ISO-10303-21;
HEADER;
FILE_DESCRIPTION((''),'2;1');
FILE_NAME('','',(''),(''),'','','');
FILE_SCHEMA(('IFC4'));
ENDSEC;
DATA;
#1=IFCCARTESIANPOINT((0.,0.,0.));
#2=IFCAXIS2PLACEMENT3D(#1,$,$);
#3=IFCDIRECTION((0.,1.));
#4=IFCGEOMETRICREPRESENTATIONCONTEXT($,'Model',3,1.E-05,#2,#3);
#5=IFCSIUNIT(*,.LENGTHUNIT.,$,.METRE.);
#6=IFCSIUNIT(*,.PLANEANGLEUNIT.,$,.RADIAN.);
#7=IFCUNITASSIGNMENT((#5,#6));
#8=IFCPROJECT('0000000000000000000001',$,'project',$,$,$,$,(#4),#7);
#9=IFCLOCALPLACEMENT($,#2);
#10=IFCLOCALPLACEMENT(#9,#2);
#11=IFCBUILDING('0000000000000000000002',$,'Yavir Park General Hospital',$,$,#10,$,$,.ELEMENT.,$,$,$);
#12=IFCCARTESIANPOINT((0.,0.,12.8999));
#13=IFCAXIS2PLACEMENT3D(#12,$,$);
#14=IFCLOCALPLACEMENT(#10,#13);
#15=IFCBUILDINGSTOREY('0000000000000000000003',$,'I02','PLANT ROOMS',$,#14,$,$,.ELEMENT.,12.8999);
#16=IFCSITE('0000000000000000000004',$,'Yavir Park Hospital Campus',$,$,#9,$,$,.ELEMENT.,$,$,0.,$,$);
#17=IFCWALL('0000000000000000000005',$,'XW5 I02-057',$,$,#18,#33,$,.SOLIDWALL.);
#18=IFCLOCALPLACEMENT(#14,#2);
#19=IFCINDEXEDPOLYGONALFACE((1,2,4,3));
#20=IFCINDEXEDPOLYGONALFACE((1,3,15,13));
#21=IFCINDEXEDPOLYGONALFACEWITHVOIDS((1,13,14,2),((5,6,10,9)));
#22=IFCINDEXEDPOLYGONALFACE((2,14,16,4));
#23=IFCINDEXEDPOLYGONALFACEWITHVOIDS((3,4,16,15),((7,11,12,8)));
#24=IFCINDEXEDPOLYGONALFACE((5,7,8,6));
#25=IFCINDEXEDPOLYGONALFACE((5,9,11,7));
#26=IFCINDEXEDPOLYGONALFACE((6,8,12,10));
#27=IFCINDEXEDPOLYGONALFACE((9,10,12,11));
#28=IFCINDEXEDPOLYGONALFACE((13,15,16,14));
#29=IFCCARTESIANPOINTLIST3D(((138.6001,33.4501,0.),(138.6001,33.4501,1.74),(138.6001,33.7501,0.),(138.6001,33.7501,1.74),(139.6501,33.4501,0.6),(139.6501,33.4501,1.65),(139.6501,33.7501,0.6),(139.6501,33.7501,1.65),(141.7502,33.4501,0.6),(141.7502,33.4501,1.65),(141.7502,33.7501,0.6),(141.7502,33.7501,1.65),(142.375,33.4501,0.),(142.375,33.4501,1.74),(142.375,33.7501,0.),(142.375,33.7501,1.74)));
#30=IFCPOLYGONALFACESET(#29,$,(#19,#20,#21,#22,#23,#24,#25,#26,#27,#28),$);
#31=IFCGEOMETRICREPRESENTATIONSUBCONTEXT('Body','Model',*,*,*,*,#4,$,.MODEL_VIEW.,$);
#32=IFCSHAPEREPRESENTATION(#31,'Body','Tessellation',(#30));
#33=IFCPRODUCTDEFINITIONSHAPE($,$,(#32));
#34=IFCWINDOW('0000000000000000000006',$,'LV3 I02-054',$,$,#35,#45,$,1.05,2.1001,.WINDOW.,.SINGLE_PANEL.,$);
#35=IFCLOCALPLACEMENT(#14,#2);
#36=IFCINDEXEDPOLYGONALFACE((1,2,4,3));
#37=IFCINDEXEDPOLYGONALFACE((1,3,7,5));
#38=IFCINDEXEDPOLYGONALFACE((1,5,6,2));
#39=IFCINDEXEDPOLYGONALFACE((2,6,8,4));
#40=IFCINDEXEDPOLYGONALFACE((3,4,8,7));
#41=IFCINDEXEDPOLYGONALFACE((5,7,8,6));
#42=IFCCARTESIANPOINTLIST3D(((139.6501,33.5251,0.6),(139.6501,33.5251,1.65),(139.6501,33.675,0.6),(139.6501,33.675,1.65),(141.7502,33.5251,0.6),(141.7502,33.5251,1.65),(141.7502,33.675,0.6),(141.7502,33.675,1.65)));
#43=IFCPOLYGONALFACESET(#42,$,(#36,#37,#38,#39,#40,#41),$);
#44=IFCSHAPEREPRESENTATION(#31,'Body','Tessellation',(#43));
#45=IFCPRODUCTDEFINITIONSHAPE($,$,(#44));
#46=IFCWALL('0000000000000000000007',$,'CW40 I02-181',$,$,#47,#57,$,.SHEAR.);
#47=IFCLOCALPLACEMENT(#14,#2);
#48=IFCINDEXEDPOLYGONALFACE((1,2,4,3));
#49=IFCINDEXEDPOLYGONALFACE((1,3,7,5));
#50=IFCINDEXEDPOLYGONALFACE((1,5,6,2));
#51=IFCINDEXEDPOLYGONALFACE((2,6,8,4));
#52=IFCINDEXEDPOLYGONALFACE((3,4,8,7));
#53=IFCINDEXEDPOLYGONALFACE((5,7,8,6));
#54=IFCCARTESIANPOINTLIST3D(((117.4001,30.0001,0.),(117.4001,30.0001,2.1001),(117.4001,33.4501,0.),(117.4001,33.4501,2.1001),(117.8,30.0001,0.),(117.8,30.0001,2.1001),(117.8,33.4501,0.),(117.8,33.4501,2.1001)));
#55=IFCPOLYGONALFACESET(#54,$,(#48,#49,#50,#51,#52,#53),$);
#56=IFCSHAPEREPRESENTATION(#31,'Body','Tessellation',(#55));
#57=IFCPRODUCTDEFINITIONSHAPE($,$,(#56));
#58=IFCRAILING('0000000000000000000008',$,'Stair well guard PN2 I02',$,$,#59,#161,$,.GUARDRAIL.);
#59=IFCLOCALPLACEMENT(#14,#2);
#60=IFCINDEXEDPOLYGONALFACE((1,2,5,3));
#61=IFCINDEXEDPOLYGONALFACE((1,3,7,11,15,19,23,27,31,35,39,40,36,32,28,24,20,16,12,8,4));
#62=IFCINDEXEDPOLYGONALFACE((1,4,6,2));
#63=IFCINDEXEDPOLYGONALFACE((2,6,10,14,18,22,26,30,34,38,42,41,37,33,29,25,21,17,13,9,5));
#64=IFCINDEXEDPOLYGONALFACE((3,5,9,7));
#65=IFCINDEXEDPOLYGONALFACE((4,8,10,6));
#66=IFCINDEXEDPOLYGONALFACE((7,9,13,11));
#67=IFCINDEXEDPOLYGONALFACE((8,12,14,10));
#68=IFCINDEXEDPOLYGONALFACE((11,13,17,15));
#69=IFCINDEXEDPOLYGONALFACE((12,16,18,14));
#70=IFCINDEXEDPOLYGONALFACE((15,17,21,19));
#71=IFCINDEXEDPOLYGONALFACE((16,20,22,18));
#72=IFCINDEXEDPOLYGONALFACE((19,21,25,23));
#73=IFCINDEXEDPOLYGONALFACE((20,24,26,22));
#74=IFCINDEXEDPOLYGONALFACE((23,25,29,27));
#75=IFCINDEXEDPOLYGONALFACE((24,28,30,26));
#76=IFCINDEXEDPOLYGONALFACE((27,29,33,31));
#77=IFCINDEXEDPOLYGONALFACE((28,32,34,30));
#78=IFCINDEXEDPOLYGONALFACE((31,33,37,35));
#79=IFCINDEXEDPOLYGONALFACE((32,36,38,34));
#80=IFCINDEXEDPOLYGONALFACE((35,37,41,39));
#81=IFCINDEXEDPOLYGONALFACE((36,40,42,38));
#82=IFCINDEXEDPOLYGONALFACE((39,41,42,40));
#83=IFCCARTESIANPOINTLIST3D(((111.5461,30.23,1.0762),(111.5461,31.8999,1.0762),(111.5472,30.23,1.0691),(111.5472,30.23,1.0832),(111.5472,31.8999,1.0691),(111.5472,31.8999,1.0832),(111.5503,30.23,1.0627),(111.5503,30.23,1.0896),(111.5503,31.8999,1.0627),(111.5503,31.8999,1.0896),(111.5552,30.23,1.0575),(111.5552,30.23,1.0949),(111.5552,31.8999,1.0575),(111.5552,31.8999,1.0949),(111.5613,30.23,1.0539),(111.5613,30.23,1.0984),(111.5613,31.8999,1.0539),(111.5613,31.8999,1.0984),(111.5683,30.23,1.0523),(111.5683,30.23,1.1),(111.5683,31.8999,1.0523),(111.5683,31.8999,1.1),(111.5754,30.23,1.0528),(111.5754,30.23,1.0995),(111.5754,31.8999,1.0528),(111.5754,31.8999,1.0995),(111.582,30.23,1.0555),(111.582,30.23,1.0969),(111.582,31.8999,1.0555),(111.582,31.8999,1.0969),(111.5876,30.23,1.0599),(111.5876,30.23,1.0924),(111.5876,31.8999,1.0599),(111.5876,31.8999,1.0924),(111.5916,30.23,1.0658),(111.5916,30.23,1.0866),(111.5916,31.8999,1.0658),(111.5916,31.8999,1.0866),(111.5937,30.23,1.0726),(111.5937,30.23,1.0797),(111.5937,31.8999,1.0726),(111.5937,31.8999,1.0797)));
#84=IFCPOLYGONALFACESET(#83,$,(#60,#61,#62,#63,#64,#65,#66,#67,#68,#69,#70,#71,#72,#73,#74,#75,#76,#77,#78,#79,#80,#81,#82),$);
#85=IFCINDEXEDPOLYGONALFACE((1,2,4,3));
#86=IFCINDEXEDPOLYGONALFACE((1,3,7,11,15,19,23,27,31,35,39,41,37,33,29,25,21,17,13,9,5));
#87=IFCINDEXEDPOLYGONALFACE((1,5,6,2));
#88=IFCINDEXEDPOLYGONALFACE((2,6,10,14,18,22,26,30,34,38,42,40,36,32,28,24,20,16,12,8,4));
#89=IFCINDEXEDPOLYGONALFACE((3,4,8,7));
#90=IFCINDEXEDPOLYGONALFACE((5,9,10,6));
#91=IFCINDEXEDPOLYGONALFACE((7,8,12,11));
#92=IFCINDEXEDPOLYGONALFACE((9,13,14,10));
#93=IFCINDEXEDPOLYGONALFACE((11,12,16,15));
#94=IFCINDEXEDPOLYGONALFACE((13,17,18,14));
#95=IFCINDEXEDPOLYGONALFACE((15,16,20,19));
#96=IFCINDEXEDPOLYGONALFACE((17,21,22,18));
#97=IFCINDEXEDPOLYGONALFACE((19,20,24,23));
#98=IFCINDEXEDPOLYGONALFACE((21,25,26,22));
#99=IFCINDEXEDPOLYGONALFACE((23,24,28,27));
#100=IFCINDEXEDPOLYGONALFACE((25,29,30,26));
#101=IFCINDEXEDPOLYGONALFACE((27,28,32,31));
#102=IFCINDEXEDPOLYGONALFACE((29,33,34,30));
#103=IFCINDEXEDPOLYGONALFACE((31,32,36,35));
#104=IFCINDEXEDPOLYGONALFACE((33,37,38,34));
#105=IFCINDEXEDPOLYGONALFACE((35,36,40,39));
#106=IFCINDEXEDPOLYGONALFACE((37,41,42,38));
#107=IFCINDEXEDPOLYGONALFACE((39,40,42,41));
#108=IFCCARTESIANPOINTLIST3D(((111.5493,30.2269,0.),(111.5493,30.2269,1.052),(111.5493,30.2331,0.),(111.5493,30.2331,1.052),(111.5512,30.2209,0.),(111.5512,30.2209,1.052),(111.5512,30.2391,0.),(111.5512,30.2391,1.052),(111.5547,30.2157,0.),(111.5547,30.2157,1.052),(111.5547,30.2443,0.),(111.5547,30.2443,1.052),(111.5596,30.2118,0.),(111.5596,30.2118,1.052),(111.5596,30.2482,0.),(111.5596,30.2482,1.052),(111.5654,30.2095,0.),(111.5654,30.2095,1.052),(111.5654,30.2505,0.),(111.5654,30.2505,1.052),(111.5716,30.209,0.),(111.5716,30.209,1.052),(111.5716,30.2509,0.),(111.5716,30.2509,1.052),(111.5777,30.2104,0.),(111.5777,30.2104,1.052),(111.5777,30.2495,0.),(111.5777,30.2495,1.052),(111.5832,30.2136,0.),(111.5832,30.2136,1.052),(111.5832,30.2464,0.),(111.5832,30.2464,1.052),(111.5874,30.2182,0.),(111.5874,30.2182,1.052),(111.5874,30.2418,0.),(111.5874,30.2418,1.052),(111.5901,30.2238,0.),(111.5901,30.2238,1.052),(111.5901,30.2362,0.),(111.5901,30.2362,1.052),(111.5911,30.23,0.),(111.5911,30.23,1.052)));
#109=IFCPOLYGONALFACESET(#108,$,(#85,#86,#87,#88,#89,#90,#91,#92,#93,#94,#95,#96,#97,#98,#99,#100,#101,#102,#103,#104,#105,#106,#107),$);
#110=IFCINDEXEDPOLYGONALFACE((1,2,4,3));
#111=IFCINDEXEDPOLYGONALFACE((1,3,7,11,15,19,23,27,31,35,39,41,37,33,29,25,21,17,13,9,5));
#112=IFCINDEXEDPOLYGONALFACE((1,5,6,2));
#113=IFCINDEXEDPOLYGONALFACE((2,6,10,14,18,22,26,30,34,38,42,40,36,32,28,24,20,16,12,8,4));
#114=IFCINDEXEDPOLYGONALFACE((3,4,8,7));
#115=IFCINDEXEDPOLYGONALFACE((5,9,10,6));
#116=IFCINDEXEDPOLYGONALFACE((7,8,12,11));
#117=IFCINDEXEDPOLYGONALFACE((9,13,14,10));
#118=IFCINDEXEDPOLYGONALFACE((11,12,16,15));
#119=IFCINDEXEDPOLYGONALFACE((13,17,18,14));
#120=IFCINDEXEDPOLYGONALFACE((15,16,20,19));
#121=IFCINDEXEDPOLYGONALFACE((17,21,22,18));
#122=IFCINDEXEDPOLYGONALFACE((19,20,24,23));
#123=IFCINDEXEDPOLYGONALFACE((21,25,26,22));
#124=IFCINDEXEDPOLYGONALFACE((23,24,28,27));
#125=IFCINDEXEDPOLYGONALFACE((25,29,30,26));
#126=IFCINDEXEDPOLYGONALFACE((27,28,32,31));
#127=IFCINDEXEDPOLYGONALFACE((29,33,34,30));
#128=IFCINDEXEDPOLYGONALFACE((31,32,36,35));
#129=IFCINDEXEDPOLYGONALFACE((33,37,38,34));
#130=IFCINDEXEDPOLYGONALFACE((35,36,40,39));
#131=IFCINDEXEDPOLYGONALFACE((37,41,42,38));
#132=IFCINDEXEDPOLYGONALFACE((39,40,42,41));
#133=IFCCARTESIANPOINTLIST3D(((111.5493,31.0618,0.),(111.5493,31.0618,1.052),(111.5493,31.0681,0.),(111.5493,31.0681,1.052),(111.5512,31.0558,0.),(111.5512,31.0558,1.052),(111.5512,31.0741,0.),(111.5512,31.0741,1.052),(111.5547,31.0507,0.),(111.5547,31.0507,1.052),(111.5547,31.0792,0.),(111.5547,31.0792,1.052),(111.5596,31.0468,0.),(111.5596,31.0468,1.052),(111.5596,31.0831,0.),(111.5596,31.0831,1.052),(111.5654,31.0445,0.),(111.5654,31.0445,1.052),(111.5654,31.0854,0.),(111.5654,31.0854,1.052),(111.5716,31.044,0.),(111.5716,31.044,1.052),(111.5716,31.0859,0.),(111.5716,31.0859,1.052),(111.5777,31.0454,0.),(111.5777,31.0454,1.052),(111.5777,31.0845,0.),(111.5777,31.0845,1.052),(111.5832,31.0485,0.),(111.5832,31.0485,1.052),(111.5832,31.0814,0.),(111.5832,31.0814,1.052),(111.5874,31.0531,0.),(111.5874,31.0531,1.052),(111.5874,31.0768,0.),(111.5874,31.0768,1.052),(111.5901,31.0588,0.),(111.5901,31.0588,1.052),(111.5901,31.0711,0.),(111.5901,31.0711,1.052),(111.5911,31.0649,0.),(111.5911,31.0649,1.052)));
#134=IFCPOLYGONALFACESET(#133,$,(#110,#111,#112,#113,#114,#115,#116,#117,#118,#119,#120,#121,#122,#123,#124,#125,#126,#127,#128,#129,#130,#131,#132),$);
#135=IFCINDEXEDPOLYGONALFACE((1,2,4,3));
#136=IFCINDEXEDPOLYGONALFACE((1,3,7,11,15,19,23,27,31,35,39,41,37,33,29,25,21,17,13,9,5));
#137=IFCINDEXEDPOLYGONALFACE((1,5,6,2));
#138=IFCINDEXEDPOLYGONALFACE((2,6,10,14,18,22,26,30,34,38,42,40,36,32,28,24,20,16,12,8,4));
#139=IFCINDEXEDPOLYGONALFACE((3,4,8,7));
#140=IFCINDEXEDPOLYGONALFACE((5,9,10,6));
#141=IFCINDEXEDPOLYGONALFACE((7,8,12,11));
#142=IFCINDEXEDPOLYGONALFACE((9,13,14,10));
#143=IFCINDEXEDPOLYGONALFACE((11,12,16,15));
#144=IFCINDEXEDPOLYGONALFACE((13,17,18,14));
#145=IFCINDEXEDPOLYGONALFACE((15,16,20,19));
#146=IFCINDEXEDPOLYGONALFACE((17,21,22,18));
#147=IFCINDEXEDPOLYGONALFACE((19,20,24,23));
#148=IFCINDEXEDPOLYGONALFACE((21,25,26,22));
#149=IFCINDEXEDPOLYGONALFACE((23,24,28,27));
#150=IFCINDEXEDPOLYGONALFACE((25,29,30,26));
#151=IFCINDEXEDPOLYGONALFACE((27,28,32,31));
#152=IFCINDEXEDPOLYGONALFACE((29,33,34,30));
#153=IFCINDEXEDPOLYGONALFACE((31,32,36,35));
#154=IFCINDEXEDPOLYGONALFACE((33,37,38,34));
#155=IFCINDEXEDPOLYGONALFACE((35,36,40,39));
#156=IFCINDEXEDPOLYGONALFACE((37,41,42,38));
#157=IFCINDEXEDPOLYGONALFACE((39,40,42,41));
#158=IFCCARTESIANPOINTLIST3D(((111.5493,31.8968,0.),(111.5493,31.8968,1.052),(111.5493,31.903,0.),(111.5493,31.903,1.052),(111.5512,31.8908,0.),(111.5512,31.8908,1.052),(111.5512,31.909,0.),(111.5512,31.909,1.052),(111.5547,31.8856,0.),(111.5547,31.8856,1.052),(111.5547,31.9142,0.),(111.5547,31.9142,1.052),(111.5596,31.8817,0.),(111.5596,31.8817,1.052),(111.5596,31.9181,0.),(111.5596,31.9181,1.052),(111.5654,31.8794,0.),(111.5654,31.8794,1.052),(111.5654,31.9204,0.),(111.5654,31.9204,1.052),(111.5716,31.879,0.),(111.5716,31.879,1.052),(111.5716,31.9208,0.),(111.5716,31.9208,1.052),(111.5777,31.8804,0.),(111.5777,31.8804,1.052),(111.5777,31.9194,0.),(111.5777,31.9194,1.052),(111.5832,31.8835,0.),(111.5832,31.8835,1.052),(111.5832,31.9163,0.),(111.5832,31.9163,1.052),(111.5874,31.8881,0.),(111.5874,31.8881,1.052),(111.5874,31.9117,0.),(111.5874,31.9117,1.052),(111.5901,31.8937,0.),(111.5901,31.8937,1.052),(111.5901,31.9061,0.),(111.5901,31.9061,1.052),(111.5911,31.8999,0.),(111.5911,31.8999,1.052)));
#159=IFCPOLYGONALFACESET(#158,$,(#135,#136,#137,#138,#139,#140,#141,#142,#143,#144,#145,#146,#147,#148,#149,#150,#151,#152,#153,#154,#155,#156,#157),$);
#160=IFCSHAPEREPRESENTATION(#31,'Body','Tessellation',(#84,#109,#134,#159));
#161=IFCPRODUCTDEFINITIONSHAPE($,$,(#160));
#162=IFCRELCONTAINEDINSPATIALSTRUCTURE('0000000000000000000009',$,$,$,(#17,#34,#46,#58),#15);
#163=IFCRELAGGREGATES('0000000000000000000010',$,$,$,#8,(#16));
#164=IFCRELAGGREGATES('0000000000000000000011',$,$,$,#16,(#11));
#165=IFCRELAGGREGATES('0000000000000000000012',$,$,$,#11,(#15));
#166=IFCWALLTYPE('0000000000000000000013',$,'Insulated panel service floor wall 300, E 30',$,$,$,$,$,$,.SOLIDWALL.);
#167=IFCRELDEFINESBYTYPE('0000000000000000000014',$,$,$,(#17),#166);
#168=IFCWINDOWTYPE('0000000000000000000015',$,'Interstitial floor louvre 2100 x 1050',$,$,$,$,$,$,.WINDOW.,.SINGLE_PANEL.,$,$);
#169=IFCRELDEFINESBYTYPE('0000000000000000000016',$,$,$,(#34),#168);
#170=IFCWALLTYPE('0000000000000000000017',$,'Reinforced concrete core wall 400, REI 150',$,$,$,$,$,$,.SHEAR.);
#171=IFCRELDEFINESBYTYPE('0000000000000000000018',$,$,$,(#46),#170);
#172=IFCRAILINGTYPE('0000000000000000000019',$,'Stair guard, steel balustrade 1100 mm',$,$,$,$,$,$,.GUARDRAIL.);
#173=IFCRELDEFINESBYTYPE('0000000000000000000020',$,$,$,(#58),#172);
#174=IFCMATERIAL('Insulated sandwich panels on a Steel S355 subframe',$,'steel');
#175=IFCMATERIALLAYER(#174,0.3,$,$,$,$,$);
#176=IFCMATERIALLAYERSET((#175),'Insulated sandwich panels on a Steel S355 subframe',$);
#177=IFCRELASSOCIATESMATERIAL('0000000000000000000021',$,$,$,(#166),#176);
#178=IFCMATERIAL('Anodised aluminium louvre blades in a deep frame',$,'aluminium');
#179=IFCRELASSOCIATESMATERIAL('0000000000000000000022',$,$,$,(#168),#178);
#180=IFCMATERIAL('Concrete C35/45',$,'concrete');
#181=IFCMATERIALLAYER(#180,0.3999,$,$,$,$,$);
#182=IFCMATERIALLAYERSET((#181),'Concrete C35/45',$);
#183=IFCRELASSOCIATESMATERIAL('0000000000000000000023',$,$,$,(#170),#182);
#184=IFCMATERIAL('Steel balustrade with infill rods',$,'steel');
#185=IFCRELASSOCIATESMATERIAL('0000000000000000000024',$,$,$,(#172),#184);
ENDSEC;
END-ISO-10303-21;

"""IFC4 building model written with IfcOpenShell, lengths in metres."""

from ifc_helpers import new_model, si_unit, direction, frame, frame_2d, origin, origin_2d, place, context, subcontext, project, spatial, rectangle, circle, extrude, material, layer, layer_set, type_object, element, fill, save


model = new_model("IFC4")

# Units and contexts
model_context = context("Model", 3, precision=1e-05, world=origin(), true_north=direction((0.0, 1.0)))
body_context = subcontext(model_context, "Body", "Model", "MODEL_VIEW")
ifc_project = project(units=[si_unit("LENGTHUNIT", "METRE"), si_unit("PLANEANGLEUNIT", "RADIAN")], contexts=[model_context])

# Site, building, storey
site_placement = place(None, origin())
site = spatial("IfcSite", under=ifc_project, at=site_placement, Name="Yavir Park Hospital Campus", CompositionType="ELEMENT", RefElevation=0.0)
building_placement = place(site_placement, origin())
building = spatial("IfcBuilding", under=site, at=building_placement, Name="Yavir Park General Hospital", CompositionType="ELEMENT")
storey_placement = place(building_placement, frame((0.0, 0.0, 12.8999)))
storey = spatial("IfcBuildingStorey", under=building, at=storey_placement, Name="I02", Description="PLANT ROOMS", CompositionType="ELEMENT", Elevation=12.8999)

# Shared definitions
ifc_material_1 = material(Name="Insulated sandwich panels on a Steel S355 subframe", Category="steel")
ifc_layer_1 = layer(ifc_material_1, 0.3)
ifc_layer_set_1 = layer_set([ifc_layer_1], Name="Insulated sandwich panels on a Steel S355 subframe")
wall_type_1 = type_object("IfcWallType", Name="Insulated panel service floor wall 300, E 30", PredefinedType="SOLIDWALL", material=ifc_layer_set_1)
ifc_material_2 = material(Name="Anodised aluminium louvre blades in a deep frame", Category="aluminium")
window_type = type_object("IfcWindowType", Name="Interstitial floor louvre 2100 x 1050", PartitioningType="SINGLE_PANEL", PredefinedType="WINDOW", material=ifc_material_2)

# Wall, opening, window
wall_1_placement = place(storey_placement, frame((138.6001, 33.6001, 0.0), z_axis=(0.0, 0.0, 1.0), x_axis=(1.0, 0.0, 0.0)))
wall_1 = element("IfcWall", 1, at=wall_1_placement, inside=storey, type_object=wall_type_1, Name="XW5 I02-057", PredefinedType="SOLIDWALL", context=body_context, shape_type="SweptSolid", body=[
    extrude(rectangle(XDim=3.7749, YDim=0.3, at=frame_2d((1.8875, 0.0))), origin(), (0.0, 0.0, 1.0), 1.74),
])
opening_1_placement = place(wall_1_placement, frame((1.05, 0.0, 0.6001)))
opening_1 = element("IfcOpeningElement", 2, at=opening_1_placement, cuts=wall_1, PredefinedType="OPENING", context=body_context, shape_type="SweptSolid", body=[
    extrude(rectangle(XDim=2.1001, YDim=1.05, at=frame_2d((1.05, 0.5249))), frame((0.0, 0.1599, 0.0), z_axis=(0.0, -1.0, 0.0), x_axis=(1.0, 0.0, 0.0)), (0.0, 0.0, 1.0), 0.3201),
])
window_1_placement = place(opening_1_placement, origin())
window_1 = element("IfcWindow", 3, at=window_1_placement, inside=storey, type_object=window_type, Name="LV3 I02-054", OverallHeight=1.05, OverallWidth=2.1001, PartitioningType="SINGLE_PANEL", PredefinedType="WINDOW", context=body_context, shape_type="SweptSolid", body=[
    extrude(rectangle(XDim=2.1001, YDim=1.05, at=frame_2d((1.05, 0.5249))), frame((0.0, 0.075, 0.0), z_axis=(0.0, -1.0, 0.0), x_axis=(1.0, 0.0, 0.0)), (0.0, 0.0, 1.0), 0.1499),
])
fill(opening_1, window_1)

# Wall
ifc_material_3 = material(Name="Concrete C35/45", Category="concrete")
ifc_layer_2 = layer(ifc_material_3, 0.3999)
ifc_layer_set_2 = layer_set([ifc_layer_2], Name="Concrete C35/45")
wall_type_2 = type_object("IfcWallType", Name="Reinforced concrete core wall 400, REI 150", PredefinedType="SHEAR", material=ifc_layer_set_2)
wall_2_placement = place(storey_placement, frame((117.6001, 30.0, 0.0), z_axis=(0.0, 0.0, 1.0), x_axis=(0.0, 1.0, 0.0)))
element("IfcWall", 4, at=wall_2_placement, inside=storey, type_object=wall_type_2, Name="CW40 I02-181", PredefinedType="SHEAR", context=body_context, shape_type="SweptSolid", body=[
    extrude(rectangle(XDim=3.45, YDim=0.3999, at=frame_2d((1.7251, 0.0))), origin(), (0.0, 0.0, 1.0), 2.1001),
])

# Railing
ifc_material_4 = material(Name="Steel balustrade with infill rods", Category="steel")
railing_type = type_object("IfcRailingType", Name="Stair guard, steel balustrade 1100 mm", PredefinedType="GUARDRAIL", material=ifc_material_4)
railing_placement = place(storey_placement, frame((111.5701, 30.23, 0.0)))
element("IfcRailing", 5, at=railing_placement, inside=storey, type_object=railing_type, Name="Stair well guard PN2 I02", PredefinedType="GUARDRAIL", context=body_context, shape_type="SweptSolid", body=[
    extrude(circle(Radius=0.0239, at=origin_2d()), frame((0.0, 0.0, 1.0762), z_axis=(0.0, 1.0, 0.0), x_axis=(-1.0, 0.0, 0.0)), (0.0, 0.0, 1.0), 1.6699),
    extrude(circle(Radius=0.021, at=origin_2d()), origin(), (0.0, 0.0, 1.0), 1.052),
    extrude(circle(Radius=0.021, at=origin_2d()), frame((0.0, 0.835, 0.0)), (0.0, 0.0, 1.0), 1.052),
    extrude(circle(Radius=0.021, at=origin_2d()), frame((0.0, 1.6699, 0.0)), (0.0, 0.0, 1.0), 1.052),
])

save(model, "model.ifc")
